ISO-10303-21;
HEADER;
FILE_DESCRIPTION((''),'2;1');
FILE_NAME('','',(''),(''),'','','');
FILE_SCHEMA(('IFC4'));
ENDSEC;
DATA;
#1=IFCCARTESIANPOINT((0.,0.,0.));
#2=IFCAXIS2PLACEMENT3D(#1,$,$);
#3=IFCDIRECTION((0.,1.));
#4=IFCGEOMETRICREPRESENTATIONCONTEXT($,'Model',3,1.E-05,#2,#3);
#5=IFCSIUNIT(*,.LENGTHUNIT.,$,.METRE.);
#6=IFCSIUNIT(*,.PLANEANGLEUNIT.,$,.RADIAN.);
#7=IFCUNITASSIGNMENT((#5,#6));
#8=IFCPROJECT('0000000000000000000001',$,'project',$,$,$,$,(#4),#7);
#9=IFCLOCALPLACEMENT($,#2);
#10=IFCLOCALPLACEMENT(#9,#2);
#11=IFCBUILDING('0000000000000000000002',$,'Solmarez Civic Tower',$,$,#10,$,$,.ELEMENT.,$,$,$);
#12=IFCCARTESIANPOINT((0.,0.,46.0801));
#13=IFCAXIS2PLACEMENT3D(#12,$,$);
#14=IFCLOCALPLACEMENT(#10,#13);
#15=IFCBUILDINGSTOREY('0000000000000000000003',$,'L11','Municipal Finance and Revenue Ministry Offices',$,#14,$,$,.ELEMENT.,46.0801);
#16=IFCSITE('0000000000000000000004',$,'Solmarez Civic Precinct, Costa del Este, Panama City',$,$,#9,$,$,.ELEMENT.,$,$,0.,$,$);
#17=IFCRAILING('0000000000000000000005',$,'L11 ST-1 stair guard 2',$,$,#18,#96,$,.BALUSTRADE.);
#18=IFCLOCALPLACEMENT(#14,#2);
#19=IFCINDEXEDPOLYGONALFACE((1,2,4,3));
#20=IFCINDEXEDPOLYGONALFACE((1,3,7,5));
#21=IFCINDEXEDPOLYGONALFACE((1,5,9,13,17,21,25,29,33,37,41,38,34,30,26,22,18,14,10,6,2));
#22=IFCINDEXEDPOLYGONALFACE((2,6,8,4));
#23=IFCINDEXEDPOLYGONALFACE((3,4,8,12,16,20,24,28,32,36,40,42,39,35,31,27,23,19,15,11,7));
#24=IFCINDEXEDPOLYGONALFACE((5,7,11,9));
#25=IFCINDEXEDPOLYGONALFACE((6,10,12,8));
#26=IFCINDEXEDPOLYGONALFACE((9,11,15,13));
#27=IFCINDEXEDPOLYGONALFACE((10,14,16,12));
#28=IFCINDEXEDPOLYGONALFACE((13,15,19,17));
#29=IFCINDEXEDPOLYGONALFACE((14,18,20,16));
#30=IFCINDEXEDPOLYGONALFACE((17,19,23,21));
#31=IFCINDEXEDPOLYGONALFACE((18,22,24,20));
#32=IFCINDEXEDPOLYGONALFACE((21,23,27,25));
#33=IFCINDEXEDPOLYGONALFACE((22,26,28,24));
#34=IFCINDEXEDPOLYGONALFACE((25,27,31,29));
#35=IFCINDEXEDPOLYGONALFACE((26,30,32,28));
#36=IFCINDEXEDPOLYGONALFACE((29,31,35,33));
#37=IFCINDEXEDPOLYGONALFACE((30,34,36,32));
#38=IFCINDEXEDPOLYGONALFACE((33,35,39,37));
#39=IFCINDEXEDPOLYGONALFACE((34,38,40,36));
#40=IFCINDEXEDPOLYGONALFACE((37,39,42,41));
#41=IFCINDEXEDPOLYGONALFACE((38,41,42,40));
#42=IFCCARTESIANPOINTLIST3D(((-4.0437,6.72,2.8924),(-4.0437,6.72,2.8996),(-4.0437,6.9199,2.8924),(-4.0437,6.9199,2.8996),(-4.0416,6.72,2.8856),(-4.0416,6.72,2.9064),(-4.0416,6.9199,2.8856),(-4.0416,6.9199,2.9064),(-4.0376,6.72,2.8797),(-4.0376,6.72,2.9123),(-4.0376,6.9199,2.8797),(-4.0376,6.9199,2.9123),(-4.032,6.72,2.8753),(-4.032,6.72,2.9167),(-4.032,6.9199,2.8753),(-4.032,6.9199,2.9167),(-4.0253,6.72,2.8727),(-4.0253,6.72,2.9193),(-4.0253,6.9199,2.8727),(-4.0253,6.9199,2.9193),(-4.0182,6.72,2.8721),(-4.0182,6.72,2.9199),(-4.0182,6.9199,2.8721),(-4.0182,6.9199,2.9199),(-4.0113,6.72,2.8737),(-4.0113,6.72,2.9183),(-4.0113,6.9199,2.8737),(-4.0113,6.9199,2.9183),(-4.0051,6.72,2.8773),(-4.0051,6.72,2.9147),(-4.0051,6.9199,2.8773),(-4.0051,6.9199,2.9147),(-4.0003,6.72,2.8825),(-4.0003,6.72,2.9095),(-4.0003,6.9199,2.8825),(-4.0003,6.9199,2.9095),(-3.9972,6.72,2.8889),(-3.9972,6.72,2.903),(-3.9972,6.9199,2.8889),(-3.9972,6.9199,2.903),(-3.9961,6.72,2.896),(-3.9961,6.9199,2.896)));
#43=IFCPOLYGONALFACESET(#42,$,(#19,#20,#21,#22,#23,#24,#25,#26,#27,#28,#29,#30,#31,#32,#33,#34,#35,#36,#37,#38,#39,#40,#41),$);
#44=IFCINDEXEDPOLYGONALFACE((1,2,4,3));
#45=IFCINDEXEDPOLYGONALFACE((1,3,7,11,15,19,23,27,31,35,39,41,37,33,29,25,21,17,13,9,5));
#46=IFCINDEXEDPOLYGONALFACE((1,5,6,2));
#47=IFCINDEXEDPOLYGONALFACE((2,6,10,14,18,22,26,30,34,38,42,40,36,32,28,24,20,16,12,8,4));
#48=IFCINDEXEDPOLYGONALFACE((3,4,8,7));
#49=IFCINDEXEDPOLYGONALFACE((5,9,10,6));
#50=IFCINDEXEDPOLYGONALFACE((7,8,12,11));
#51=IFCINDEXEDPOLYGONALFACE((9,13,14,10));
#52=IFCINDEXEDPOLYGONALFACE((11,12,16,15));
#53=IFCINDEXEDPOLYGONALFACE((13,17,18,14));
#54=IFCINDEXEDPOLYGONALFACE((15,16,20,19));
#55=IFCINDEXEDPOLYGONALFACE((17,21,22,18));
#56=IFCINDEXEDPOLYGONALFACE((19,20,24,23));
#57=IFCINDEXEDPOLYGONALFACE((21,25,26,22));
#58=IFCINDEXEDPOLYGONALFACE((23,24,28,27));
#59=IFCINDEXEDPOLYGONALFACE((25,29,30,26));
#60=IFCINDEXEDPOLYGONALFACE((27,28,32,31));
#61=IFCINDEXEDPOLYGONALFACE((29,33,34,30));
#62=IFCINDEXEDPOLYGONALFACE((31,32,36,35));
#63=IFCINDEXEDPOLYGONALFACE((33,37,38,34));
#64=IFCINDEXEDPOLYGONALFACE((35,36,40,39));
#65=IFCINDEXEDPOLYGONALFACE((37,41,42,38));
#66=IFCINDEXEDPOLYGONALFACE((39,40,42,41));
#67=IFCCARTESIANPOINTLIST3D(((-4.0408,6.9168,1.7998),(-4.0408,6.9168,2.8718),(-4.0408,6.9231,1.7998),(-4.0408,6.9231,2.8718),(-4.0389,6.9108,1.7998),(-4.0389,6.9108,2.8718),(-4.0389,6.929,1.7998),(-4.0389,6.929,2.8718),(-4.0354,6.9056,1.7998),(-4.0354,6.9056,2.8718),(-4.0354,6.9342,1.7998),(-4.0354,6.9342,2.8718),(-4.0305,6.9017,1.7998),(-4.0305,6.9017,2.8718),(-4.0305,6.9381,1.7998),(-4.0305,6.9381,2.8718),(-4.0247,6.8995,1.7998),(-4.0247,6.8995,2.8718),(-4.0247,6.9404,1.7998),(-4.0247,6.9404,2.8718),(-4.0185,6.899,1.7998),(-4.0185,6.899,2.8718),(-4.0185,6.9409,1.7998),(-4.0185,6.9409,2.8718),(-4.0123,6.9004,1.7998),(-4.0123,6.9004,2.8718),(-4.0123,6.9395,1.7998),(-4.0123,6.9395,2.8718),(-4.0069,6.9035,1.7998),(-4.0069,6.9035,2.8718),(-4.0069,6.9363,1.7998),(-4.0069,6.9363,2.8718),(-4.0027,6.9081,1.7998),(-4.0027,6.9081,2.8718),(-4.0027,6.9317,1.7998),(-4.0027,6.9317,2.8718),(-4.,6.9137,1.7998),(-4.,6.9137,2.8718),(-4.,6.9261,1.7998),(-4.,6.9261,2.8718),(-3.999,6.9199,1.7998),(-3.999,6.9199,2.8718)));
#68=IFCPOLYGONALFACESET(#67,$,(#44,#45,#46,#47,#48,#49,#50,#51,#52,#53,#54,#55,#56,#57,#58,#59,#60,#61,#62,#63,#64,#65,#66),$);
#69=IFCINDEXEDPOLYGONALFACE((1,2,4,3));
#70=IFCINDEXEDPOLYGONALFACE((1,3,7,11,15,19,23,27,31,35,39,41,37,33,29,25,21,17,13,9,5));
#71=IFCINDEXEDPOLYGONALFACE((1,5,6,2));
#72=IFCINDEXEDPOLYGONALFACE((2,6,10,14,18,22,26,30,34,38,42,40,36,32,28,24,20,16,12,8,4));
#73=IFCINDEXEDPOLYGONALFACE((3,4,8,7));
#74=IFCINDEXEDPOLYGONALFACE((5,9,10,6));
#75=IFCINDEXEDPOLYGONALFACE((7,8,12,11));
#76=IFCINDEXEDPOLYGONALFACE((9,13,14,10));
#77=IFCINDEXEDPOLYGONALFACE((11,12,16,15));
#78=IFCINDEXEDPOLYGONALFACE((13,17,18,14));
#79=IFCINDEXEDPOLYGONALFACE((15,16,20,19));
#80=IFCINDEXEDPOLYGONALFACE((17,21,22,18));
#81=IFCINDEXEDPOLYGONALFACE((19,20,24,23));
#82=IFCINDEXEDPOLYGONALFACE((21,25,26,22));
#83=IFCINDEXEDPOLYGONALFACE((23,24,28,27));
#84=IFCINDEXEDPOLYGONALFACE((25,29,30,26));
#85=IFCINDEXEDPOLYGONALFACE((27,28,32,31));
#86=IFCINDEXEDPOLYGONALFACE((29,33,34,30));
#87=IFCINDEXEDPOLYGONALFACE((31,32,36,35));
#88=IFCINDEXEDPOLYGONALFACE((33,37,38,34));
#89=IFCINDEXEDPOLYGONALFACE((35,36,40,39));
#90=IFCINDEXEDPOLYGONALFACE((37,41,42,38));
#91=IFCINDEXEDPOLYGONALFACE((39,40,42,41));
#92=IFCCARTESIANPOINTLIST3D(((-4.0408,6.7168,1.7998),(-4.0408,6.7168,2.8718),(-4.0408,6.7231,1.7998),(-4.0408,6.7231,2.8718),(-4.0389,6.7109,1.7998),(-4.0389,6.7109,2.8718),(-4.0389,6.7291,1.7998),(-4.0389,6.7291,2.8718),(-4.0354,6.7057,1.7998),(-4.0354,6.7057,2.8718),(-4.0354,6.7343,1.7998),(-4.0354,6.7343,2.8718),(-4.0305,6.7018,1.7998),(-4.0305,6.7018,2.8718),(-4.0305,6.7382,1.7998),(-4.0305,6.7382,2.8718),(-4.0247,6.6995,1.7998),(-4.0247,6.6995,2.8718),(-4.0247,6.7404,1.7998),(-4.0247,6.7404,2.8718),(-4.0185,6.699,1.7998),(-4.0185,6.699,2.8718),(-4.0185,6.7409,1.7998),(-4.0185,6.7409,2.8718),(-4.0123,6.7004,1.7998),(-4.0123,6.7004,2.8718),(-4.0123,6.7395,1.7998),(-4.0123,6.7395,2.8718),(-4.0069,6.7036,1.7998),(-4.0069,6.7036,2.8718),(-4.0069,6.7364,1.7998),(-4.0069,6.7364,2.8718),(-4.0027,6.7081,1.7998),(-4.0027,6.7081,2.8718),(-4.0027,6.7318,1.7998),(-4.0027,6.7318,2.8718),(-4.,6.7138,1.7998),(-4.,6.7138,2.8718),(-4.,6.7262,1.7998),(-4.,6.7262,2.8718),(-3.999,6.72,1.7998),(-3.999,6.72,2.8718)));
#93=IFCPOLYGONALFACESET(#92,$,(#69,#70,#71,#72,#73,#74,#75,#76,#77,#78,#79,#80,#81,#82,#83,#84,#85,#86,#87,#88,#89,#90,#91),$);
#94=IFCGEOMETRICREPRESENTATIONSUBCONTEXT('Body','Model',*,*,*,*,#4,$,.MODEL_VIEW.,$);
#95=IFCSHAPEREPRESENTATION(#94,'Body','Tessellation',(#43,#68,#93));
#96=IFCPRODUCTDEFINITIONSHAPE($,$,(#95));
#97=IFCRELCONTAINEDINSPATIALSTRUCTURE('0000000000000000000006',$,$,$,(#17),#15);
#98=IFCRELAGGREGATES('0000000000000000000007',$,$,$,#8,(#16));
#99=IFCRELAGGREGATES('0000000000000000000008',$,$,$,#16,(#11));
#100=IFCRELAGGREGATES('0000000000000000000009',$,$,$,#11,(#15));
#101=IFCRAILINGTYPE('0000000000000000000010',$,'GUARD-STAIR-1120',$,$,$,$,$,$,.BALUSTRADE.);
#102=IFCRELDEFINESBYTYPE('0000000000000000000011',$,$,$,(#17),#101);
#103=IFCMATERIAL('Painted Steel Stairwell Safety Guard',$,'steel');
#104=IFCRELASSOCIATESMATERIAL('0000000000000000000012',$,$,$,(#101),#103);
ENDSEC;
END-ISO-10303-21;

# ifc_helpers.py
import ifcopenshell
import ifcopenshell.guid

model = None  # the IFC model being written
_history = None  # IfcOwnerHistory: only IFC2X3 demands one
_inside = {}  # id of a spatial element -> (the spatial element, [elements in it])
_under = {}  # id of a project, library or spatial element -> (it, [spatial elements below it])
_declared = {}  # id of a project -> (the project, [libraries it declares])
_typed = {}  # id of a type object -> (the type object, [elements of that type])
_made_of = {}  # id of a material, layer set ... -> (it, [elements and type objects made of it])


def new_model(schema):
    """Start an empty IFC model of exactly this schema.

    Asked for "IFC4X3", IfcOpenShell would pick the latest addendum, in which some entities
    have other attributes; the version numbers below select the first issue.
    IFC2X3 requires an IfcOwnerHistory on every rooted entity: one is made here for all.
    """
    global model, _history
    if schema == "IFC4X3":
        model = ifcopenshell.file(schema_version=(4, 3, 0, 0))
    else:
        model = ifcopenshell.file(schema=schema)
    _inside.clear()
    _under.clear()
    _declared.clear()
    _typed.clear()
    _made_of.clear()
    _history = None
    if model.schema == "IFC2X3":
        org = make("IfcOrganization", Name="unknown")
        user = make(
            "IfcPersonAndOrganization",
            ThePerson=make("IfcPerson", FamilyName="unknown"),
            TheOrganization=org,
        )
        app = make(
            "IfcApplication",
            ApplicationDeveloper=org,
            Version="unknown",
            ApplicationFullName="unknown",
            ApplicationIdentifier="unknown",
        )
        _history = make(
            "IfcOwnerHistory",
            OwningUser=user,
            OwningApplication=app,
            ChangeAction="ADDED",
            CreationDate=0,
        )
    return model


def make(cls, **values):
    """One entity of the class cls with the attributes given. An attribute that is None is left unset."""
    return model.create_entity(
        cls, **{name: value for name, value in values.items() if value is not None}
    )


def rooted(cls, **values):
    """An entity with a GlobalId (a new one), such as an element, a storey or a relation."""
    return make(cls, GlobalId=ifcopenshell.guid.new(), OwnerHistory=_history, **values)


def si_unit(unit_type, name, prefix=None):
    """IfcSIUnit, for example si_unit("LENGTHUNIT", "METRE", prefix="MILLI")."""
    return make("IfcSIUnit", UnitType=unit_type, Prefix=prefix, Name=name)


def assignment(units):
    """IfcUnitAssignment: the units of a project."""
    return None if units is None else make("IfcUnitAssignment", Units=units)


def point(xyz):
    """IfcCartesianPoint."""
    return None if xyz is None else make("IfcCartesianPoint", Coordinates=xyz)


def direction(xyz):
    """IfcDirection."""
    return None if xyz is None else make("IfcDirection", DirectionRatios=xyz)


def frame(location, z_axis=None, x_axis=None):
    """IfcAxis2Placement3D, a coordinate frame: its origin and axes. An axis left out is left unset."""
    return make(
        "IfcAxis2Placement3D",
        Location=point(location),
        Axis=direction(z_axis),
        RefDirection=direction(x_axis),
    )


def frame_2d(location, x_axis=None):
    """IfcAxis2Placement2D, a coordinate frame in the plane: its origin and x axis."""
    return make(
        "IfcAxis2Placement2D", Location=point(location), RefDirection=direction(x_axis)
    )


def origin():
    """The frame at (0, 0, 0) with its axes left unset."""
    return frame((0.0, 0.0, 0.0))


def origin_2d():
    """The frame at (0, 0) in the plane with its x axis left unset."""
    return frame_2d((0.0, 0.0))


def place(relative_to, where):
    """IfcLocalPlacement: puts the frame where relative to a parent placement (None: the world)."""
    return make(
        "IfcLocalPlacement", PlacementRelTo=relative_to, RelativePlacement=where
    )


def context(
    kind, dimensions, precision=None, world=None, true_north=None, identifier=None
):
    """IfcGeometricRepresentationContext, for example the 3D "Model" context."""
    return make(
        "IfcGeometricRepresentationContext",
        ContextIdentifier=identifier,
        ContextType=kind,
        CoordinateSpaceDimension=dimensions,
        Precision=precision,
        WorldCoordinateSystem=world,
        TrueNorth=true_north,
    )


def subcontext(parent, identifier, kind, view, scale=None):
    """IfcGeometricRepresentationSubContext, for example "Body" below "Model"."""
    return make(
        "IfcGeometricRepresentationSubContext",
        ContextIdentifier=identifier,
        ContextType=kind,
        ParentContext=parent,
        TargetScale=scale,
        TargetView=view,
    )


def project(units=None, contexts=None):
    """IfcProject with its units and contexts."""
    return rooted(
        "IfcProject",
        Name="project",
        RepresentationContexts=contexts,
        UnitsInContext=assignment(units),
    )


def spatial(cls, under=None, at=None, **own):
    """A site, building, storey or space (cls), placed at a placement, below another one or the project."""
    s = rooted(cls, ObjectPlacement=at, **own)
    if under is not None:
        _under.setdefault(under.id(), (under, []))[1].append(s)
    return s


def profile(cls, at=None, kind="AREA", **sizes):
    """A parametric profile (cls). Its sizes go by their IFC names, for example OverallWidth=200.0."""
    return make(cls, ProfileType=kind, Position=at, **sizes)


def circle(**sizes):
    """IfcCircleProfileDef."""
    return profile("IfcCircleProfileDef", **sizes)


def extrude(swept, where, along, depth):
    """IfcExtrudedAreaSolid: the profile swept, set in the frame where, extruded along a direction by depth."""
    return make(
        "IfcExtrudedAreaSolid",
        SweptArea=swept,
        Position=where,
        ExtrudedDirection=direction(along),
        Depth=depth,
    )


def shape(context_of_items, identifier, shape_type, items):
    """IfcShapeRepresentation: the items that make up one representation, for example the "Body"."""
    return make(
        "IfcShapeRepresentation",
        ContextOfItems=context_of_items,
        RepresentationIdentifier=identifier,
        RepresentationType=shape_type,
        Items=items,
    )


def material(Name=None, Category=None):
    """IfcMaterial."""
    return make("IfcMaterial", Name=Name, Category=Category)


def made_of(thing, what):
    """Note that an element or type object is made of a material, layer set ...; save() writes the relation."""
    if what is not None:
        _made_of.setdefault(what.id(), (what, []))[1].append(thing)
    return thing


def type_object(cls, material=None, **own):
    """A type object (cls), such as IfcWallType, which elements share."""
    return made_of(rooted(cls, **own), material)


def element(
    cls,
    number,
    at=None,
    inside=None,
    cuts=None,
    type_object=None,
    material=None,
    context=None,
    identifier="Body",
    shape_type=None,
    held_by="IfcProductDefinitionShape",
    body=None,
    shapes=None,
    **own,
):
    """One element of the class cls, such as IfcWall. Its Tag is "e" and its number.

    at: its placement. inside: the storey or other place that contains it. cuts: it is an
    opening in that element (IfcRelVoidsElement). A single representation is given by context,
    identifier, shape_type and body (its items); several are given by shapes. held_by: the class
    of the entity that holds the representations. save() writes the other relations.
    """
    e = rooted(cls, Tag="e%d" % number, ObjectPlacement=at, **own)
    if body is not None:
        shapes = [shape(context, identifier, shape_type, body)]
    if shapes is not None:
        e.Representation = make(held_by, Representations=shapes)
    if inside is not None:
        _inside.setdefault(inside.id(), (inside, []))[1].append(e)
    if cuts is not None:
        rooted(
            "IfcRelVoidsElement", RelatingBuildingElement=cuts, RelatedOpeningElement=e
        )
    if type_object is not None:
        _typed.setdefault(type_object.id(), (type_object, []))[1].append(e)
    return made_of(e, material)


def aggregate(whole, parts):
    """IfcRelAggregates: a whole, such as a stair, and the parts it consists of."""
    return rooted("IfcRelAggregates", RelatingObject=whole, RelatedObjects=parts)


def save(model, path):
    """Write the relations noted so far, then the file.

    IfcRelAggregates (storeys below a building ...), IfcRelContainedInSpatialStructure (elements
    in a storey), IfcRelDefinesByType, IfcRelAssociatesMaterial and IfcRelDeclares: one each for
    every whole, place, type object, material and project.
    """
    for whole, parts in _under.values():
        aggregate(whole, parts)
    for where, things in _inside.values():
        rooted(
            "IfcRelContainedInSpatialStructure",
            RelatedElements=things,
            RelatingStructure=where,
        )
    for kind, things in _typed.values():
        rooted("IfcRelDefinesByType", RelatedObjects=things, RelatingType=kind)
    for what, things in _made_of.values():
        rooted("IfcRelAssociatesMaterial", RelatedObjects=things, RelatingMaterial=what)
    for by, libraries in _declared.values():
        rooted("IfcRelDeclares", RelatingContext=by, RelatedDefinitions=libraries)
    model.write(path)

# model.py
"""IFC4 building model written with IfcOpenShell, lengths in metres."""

from ifc_helpers import new_model, si_unit, direction, frame, origin, origin_2d, place, context, subcontext, project, spatial, circle, extrude, material, type_object, element, save


model = new_model("IFC4")

# Units and contexts
model_context = context("Model", 3, precision=1e-05, world=origin(), true_north=direction((0.0, 1.0)))
body_context = subcontext(model_context, "Body", "Model", "MODEL_VIEW")
ifc_project = project(units=[si_unit("LENGTHUNIT", "METRE"), si_unit("PLANEANGLEUNIT", "RADIAN")], contexts=[model_context])

# Site, building, storey
site_placement = place(None, origin())
site = spatial("IfcSite", under=ifc_project, at=site_placement, Name="Solmarez Civic Precinct, Costa del Este, Panama City", CompositionType="ELEMENT", RefElevation=0.0)
building_placement = place(site_placement, origin())
building = spatial("IfcBuilding", under=site, at=building_placement, Name="Solmarez Civic Tower", CompositionType="ELEMENT")
storey_placement = place(building_placement, frame((0.0, 0.0, 46.0801)))
storey = spatial("IfcBuildingStorey", under=building, at=storey_placement, Name="L11", Description="Municipal Finance and Revenue Ministry Offices", CompositionType="ELEMENT", Elevation=46.0801)

# Railing
ifc_material_1 = material(Name="Painted Steel Stairwell Safety Guard", Category="steel")
railing_type_1 = type_object("IfcRailingType", Name="GUARD-STAIR-1120", PredefinedType="BALUSTRADE", material=ifc_material_1)
railing_1_placement = place(storey_placement, frame((-4.02, 6.9199, 1.7998)))
element("IfcRailing", 1, at=railing_1_placement, inside=storey, type_object=railing_type_1, Name="L11 ST-1 stair guard 2", PredefinedType="BALUSTRADE", context=body_context, shape_type="SweptSolid", body=[
    extrude(circle(Radius=0.0239, at=origin_2d()), frame((0.0, 0.0, 1.0962), z_axis=(0.0, -1.0, 0.0), x_axis=(1.0, 0.0, 0.0)), (0.0, 0.0, 1.0), 0.2),
    extrude(circle(Radius=0.021, at=origin_2d()), origin(), (0.0, 0.0, 1.0), 1.072),
    extrude(circle(Radius=0.021, at=origin_2d()), frame((0.0, -0.2, 0.0)), (0.0, 0.0, 1.0), 1.072),
])

save(model, "model.ifc")
